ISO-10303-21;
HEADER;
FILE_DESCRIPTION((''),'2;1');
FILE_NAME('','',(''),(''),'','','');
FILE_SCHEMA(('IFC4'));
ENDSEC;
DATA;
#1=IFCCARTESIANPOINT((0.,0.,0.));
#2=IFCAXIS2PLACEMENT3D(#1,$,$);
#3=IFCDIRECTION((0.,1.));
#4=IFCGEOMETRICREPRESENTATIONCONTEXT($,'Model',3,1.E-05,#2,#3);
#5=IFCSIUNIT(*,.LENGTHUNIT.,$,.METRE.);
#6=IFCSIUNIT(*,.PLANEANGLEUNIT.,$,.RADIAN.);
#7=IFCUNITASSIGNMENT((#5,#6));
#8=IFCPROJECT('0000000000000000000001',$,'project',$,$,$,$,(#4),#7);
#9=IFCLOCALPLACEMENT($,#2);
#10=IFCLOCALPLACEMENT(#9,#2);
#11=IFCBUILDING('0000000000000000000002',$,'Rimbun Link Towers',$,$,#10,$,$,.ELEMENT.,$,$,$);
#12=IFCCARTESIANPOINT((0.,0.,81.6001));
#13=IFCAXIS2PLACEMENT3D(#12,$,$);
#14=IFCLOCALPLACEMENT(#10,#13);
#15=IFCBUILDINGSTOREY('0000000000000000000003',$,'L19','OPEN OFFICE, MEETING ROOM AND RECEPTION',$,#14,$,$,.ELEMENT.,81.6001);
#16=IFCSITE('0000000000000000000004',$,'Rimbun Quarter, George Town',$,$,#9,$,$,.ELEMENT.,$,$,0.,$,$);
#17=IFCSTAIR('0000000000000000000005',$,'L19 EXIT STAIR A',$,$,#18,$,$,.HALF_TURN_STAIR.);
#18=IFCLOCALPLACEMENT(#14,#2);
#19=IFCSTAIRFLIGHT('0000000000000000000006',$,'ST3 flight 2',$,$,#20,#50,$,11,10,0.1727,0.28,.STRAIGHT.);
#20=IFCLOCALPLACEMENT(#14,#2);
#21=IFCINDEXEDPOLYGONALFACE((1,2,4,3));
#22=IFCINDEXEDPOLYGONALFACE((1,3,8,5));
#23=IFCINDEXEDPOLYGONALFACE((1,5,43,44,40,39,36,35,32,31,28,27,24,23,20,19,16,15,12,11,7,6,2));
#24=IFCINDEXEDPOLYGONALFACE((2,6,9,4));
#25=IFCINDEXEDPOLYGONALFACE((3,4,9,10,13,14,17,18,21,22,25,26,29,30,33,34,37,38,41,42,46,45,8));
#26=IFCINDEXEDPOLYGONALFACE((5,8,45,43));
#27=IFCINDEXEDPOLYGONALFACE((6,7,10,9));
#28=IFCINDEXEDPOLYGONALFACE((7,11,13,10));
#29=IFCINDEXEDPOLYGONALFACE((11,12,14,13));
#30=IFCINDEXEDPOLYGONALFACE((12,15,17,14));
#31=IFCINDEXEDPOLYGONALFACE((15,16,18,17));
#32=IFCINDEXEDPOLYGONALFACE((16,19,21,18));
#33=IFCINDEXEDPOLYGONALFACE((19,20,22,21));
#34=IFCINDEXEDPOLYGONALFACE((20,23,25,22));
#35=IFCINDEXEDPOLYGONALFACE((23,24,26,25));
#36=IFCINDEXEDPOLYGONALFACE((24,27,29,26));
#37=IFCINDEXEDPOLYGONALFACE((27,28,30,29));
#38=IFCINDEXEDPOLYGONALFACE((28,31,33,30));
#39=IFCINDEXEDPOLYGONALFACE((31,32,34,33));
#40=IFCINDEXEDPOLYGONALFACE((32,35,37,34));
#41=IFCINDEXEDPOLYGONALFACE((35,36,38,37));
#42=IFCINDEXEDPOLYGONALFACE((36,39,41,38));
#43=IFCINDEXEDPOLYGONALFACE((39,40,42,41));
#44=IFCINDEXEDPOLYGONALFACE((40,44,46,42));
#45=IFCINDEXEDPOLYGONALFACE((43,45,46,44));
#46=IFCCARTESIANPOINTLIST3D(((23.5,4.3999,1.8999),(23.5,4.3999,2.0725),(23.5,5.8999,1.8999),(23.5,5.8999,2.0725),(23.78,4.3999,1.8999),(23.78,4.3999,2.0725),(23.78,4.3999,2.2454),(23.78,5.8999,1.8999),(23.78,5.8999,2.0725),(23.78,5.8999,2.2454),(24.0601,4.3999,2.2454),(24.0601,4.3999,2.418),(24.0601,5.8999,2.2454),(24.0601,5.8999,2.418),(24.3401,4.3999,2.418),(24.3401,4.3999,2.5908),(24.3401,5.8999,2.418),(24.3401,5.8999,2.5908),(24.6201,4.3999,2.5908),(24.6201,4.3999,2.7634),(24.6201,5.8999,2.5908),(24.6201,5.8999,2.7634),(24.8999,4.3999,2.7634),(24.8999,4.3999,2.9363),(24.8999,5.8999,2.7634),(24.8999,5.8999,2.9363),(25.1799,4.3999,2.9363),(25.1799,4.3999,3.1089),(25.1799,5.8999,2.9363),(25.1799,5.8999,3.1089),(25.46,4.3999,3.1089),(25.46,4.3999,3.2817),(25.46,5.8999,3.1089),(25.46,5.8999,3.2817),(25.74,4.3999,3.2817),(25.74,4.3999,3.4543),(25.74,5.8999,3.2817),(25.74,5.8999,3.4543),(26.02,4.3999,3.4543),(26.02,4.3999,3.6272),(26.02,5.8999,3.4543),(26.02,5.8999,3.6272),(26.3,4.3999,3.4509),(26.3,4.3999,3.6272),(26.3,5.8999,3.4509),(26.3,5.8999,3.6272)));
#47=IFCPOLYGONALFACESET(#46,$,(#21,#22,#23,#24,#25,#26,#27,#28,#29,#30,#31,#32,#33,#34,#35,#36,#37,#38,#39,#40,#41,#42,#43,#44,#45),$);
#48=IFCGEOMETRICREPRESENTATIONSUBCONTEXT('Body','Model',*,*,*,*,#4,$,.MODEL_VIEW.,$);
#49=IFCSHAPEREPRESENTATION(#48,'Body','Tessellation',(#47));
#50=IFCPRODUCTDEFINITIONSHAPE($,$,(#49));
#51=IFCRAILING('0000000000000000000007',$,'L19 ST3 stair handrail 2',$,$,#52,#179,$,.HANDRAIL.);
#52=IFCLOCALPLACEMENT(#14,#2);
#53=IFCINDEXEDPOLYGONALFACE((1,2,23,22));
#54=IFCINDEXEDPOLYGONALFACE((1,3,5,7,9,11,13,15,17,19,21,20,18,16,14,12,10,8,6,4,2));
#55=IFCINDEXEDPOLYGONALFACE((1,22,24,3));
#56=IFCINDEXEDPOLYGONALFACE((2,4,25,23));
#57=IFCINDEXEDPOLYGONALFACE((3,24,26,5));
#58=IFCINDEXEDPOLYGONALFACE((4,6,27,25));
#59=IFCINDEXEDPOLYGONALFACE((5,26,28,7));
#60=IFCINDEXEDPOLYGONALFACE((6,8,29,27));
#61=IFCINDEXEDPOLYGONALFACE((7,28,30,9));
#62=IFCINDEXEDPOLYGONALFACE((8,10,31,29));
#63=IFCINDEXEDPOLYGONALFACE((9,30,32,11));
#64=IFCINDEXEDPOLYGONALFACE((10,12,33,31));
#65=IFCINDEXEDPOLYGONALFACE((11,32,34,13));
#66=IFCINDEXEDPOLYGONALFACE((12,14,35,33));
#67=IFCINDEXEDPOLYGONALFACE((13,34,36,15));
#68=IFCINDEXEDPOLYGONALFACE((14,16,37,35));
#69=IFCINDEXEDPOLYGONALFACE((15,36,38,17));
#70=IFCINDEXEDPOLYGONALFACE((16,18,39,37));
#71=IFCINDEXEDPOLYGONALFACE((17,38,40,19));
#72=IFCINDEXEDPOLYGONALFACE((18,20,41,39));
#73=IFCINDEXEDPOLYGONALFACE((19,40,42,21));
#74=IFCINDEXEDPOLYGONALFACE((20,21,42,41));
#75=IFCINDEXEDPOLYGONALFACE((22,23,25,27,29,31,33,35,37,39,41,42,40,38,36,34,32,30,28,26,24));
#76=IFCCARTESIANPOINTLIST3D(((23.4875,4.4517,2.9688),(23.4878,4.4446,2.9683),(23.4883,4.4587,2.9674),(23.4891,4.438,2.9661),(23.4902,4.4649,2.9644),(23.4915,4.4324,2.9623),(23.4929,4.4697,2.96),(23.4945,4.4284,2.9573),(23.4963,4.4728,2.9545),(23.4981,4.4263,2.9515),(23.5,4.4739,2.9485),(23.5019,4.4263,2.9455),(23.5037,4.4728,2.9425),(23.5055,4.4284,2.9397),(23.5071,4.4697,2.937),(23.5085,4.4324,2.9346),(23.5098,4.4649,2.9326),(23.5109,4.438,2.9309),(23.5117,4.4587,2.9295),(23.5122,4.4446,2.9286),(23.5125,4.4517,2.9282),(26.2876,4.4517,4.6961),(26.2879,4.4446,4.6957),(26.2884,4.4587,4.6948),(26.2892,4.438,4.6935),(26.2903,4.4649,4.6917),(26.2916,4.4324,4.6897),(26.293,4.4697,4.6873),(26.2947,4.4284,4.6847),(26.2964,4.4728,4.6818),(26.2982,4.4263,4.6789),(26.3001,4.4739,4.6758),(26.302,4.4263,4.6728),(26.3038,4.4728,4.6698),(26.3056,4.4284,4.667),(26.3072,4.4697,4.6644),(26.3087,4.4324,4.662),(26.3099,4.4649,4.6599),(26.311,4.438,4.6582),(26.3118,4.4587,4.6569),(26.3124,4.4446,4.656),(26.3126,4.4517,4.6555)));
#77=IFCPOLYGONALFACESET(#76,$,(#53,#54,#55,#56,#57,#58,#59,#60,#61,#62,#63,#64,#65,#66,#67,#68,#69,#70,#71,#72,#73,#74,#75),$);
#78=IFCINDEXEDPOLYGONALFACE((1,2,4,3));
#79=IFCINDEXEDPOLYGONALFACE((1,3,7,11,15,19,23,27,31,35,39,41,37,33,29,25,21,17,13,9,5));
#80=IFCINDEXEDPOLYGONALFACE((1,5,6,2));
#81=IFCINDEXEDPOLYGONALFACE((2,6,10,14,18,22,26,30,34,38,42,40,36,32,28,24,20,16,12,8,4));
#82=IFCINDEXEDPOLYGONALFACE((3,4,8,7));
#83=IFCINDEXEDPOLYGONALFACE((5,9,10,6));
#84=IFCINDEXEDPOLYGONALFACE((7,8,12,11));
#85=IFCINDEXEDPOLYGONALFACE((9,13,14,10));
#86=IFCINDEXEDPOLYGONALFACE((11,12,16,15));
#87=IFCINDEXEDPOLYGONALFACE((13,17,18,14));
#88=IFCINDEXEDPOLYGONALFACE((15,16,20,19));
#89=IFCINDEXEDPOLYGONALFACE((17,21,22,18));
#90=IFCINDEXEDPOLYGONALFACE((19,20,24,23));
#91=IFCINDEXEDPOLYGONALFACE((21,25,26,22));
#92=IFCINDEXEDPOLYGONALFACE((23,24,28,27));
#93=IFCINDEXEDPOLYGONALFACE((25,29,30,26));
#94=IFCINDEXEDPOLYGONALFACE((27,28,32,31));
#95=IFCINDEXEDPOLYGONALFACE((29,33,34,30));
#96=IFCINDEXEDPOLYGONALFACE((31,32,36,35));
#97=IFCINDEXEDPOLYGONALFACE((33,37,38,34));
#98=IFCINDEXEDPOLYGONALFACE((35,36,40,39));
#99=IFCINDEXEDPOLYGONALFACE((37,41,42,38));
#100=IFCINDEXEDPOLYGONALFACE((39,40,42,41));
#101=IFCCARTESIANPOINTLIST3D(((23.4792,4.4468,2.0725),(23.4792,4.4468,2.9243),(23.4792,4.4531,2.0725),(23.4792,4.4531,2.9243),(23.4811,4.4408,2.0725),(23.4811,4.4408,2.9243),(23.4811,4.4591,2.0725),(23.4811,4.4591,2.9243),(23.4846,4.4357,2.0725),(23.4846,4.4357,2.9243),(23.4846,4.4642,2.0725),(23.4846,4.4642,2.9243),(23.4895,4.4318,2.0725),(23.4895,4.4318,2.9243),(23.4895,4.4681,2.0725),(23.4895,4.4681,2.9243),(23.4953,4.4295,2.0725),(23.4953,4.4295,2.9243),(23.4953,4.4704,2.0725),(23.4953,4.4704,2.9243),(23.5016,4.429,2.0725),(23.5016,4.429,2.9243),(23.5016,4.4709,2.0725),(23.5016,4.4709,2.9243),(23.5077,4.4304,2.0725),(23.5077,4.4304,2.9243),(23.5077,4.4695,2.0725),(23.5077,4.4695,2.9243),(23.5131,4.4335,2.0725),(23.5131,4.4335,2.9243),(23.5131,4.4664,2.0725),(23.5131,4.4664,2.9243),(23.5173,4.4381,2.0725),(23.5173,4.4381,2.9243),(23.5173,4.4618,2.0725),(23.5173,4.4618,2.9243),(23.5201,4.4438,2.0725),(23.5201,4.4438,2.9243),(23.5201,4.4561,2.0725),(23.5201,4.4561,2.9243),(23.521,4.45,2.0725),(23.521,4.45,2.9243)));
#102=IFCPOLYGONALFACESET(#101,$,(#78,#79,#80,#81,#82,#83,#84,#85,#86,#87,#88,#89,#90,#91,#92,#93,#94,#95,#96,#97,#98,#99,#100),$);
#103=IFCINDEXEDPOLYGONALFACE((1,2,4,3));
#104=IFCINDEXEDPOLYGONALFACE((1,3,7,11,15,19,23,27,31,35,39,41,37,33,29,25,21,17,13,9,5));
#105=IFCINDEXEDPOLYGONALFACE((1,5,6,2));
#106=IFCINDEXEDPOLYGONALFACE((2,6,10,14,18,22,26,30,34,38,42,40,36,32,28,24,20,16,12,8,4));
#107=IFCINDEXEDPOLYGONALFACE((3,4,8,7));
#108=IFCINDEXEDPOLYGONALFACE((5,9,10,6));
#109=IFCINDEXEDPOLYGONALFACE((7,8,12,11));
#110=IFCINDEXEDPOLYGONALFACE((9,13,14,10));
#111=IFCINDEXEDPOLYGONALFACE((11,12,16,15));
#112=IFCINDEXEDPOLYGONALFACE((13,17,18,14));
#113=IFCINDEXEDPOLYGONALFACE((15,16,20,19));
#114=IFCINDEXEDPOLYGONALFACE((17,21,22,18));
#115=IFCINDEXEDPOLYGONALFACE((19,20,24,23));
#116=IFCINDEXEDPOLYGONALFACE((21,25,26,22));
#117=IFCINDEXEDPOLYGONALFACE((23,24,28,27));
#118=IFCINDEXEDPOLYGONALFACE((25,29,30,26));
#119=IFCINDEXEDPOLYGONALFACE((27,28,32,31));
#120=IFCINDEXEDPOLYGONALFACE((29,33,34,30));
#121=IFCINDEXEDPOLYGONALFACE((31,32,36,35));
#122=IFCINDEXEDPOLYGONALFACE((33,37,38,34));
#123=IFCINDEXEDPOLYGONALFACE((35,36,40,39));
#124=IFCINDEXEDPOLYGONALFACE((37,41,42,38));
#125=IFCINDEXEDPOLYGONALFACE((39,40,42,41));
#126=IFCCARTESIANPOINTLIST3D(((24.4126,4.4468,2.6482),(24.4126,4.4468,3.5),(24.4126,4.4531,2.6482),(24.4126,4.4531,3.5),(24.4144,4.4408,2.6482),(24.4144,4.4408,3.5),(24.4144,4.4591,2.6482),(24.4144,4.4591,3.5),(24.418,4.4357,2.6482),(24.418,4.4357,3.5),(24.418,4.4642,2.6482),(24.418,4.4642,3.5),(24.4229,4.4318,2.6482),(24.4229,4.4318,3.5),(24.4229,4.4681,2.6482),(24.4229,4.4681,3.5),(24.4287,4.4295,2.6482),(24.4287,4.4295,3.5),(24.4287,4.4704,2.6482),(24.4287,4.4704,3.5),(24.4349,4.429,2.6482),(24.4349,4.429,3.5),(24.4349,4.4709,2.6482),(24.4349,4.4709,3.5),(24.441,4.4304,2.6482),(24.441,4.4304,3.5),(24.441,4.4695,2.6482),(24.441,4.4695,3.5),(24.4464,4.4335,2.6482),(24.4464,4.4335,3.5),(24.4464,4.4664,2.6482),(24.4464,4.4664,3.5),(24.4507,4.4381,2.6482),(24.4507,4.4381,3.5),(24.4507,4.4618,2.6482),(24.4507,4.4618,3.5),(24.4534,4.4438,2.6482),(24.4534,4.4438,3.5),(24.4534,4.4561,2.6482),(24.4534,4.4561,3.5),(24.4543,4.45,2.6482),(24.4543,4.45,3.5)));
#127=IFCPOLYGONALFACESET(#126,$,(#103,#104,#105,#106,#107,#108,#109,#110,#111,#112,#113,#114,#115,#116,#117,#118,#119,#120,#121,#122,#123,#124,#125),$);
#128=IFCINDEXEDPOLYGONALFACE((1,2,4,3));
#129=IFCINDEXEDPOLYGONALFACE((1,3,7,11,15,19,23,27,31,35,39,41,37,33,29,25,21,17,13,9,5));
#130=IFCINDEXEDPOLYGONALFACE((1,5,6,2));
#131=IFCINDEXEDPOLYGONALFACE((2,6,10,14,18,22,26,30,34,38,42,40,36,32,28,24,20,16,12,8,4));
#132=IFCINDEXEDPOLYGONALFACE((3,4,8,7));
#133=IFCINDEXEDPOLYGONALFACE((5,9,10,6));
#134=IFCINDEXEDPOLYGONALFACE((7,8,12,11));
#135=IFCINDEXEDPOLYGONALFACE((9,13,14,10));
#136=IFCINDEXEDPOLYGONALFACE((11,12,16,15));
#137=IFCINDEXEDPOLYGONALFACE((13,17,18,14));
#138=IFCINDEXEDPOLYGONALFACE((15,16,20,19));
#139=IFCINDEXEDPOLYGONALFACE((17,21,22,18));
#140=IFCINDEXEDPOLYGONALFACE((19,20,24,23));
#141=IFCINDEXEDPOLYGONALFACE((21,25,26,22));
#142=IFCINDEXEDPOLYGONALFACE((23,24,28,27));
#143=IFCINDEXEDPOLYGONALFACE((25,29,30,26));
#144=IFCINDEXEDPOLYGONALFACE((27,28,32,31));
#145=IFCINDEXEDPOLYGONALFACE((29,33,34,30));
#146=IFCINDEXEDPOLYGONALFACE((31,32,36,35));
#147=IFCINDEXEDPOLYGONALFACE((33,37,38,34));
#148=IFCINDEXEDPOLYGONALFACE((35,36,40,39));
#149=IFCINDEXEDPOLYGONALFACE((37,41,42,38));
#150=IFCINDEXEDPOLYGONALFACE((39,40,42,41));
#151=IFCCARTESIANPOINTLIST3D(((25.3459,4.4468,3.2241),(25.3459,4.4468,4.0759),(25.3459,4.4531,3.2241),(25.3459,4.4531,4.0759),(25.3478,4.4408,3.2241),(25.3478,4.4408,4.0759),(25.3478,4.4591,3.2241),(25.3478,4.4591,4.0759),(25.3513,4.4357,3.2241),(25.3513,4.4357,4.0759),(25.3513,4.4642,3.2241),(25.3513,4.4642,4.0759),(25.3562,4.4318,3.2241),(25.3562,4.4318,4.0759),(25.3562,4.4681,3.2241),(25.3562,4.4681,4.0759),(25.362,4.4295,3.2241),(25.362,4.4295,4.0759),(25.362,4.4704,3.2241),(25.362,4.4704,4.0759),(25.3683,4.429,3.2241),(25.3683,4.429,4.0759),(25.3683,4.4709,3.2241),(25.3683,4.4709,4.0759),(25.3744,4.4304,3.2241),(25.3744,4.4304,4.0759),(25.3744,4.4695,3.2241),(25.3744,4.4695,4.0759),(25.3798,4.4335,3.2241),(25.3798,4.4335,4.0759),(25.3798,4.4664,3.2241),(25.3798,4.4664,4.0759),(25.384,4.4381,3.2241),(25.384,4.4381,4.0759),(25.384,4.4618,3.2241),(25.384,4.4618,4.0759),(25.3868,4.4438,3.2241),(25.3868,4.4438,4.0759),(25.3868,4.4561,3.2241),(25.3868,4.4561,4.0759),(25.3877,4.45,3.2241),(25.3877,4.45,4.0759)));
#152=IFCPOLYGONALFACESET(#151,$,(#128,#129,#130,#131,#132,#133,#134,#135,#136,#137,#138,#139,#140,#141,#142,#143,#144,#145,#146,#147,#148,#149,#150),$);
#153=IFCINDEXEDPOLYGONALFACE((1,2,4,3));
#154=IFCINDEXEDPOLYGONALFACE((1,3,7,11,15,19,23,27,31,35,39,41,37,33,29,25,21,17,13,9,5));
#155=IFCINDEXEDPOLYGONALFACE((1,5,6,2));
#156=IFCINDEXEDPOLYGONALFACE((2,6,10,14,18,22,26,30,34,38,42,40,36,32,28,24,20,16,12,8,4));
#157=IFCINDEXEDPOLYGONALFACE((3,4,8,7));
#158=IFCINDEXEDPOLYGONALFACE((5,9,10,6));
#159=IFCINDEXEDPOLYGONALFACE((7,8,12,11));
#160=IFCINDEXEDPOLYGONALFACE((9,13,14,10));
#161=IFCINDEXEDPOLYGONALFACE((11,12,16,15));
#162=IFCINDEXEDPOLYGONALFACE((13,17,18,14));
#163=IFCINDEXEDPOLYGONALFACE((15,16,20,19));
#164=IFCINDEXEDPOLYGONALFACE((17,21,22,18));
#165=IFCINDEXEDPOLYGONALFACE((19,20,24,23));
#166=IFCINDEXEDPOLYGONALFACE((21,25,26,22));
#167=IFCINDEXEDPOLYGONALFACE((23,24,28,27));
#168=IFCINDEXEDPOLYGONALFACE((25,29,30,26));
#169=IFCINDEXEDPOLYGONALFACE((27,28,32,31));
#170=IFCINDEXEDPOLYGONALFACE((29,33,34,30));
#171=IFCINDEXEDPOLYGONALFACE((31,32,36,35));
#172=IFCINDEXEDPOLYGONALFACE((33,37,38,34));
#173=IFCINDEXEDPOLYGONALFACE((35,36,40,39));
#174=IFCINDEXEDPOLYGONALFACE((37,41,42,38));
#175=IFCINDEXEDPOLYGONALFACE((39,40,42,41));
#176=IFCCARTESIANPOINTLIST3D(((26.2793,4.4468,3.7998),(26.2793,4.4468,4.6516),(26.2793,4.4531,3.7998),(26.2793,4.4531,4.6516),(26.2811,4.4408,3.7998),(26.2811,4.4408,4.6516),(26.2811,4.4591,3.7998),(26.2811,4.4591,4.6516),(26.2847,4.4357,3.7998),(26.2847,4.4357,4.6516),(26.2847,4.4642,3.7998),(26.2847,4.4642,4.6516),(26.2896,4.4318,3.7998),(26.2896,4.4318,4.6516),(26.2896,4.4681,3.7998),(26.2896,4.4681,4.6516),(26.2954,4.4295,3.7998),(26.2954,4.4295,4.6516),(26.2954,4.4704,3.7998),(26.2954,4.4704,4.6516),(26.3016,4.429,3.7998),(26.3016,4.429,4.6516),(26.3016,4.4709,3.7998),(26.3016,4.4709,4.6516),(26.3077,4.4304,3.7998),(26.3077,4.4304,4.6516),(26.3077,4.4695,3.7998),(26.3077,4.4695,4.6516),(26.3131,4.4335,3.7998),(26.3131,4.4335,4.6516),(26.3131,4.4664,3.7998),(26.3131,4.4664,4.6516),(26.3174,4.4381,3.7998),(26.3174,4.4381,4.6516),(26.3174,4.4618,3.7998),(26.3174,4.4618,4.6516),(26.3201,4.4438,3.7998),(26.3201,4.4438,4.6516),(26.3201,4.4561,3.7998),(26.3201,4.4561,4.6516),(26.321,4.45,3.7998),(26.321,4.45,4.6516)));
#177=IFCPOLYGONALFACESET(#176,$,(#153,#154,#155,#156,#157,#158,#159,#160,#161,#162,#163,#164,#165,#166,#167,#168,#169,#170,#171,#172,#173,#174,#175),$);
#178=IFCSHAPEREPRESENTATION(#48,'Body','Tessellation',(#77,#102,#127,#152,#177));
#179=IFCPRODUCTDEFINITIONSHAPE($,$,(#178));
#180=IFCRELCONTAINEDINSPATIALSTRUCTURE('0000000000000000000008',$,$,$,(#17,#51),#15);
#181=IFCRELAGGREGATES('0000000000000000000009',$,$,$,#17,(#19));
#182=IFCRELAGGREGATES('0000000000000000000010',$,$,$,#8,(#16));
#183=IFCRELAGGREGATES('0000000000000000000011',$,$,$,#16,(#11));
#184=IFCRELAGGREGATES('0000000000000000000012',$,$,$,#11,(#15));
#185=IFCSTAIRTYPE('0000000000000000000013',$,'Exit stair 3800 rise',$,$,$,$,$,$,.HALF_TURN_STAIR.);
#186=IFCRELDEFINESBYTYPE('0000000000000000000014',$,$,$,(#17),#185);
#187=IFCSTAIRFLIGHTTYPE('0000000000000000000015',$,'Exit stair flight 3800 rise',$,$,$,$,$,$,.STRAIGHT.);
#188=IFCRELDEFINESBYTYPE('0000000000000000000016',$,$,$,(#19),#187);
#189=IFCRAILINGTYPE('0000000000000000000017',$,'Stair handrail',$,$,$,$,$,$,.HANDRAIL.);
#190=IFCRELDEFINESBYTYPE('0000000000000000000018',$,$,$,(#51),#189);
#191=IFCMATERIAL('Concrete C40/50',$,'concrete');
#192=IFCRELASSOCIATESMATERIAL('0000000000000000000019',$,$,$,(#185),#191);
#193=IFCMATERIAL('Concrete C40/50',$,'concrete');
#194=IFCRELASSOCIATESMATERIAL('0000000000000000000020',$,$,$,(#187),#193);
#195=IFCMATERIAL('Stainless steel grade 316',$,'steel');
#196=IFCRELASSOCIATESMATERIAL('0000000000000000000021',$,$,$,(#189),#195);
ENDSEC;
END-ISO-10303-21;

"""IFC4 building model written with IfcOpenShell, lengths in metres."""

from ifc_helpers import new_model, si_unit, direction, frame, origin, origin_2d, place, context, subcontext, project, spatial, polyline, circle, outline, extrude, material, type_object, element, aggregate, save


model = new_model("IFC4")

# Units and contexts
model_context = context("Model", 3, precision=1e-05, world=origin(), true_north=direction((0.0, 1.0)))
body_context = subcontext(model_context, "Body", "Model", "MODEL_VIEW")
ifc_project = project(units=[si_unit("LENGTHUNIT", "METRE"), si_unit("PLANEANGLEUNIT", "RADIAN")], contexts=[model_context])

# Site, building, storey
site_placement = place(None, origin())
site = spatial("IfcSite", under=ifc_project, at=site_placement, Name="Rimbun Quarter, George Town", CompositionType="ELEMENT", RefElevation=0.0)
building_placement = place(site_placement, origin())
building = spatial("IfcBuilding", under=site, at=building_placement, Name="Rimbun Link Towers", CompositionType="ELEMENT")
storey_placement = place(building_placement, frame((0.0, 0.0, 81.6001)))
storey = spatial("IfcBuildingStorey", under=building, at=storey_placement, Name="L19", Description="OPEN OFFICE, MEETING ROOM AND RECEPTION", CompositionType="ELEMENT", Elevation=81.6001)

# Stair, stair flight
ifc_material_1 = material(Name="Concrete C40/50", Category="concrete")
stair_type = type_object("IfcStairType", Name="Exit stair 3800 rise", PredefinedType="HALF_TURN_STAIR", material=ifc_material_1)
stair_placement = place(storey_placement, origin())
stair = element("IfcStair", 1, at=stair_placement, inside=storey, type_object=stair_type, Name="L19 EXIT STAIR A", PredefinedType="HALF_TURN_STAIR")
ifc_material_2 = material(Name="Concrete C40/50", Category="concrete")
stair_flight_type = type_object("IfcStairFlightType", Name="Exit stair flight 3800 rise", PredefinedType="STRAIGHT", material=ifc_material_2)
stair_flight_placement = place(storey_placement, frame((23.5, 5.1499, 1.8999), z_axis=(0.0, 0.0, 1.0), x_axis=(1.0, 0.0, 0.0)))
stair_flight = element("IfcStairFlight", 2, at=stair_flight_placement, type_object=stair_flight_type, Name="ST3 flight 2", NumberOfRisers=11, NumberOfTreads=10, PredefinedType="STRAIGHT", RiserHeight=0.1727, TreadLength=0.28, context=body_context, shape_type="SweptSolid", body=[
    extrude(outline(polyline([(0.0, 0.0), (0.0, 0.1726), (0.28, 0.1726), (0.28, 0.3455), (0.5601, 0.3455), (0.5601, 0.5181), (0.8401, 0.5181), (0.8401, 0.6909), (1.1201, 0.6909), (1.1201, 0.8635), (1.3999, 0.8635), (1.3999, 1.0364), (1.6799, 1.0364), (1.6799, 1.209), (1.96, 1.209), (1.96, 1.3818), (2.24, 1.3818), (2.24, 1.5544), (2.52, 1.5544), (2.52, 1.7273), (2.8, 1.7273), (2.8, 1.8999), (2.8, 1.551), (0.28, 0.0), (0.0, 0.0)])), frame((0.0, 0.75, 0.0), z_axis=(0.0, -1.0, 0.0), x_axis=(1.0, 0.0, 0.0)), (0.0, 0.0, 1.0), 1.5),
])
aggregate(stair, [stair_flight])

# Railing
ifc_material_3 = material(Name="Stainless steel grade 316", Category="steel")
railing_type = type_object("IfcRailingType", Name="Stair handrail", PredefinedType="HANDRAIL", material=ifc_material_3)
railing_placement = place(storey_placement, frame((23.5, 4.45, 2.0725)))
element("IfcRailing", 3, at=railing_placement, inside=storey, type_object=railing_type, Name="L19 ST3 stair handrail 2", PredefinedType="HANDRAIL", context=body_context, shape_type="SweptSolid", body=[
    extrude(circle(Radius=0.0239, at=origin_2d()), frame((0.0, 0.0, 0.876), z_axis=(0.85109, 0.0, 0.52502), x_axis=(0.0, 1.0, 0.0)), (0.0, 0.0, 1.0), 3.29),
    extrude(circle(Radius=0.021, at=origin_2d()), origin(), (0.0, 0.0, 1.0), 0.8518),
    extrude(circle(Radius=0.021, at=origin_2d()), frame((0.9333, 0.0, 0.5757)), (0.0, 0.0, 1.0), 0.8518),
    extrude(circle(Radius=0.021, at=origin_2d()), frame((1.8667, 0.0, 1.1516)), (0.0, 0.0, 1.0), 0.8518),
    extrude(circle(Radius=0.021, at=origin_2d()), frame((2.8, 0.0, 1.7273)), (0.0, 0.0, 1.0), 0.8518),
])

save(model, "model.ifc")
